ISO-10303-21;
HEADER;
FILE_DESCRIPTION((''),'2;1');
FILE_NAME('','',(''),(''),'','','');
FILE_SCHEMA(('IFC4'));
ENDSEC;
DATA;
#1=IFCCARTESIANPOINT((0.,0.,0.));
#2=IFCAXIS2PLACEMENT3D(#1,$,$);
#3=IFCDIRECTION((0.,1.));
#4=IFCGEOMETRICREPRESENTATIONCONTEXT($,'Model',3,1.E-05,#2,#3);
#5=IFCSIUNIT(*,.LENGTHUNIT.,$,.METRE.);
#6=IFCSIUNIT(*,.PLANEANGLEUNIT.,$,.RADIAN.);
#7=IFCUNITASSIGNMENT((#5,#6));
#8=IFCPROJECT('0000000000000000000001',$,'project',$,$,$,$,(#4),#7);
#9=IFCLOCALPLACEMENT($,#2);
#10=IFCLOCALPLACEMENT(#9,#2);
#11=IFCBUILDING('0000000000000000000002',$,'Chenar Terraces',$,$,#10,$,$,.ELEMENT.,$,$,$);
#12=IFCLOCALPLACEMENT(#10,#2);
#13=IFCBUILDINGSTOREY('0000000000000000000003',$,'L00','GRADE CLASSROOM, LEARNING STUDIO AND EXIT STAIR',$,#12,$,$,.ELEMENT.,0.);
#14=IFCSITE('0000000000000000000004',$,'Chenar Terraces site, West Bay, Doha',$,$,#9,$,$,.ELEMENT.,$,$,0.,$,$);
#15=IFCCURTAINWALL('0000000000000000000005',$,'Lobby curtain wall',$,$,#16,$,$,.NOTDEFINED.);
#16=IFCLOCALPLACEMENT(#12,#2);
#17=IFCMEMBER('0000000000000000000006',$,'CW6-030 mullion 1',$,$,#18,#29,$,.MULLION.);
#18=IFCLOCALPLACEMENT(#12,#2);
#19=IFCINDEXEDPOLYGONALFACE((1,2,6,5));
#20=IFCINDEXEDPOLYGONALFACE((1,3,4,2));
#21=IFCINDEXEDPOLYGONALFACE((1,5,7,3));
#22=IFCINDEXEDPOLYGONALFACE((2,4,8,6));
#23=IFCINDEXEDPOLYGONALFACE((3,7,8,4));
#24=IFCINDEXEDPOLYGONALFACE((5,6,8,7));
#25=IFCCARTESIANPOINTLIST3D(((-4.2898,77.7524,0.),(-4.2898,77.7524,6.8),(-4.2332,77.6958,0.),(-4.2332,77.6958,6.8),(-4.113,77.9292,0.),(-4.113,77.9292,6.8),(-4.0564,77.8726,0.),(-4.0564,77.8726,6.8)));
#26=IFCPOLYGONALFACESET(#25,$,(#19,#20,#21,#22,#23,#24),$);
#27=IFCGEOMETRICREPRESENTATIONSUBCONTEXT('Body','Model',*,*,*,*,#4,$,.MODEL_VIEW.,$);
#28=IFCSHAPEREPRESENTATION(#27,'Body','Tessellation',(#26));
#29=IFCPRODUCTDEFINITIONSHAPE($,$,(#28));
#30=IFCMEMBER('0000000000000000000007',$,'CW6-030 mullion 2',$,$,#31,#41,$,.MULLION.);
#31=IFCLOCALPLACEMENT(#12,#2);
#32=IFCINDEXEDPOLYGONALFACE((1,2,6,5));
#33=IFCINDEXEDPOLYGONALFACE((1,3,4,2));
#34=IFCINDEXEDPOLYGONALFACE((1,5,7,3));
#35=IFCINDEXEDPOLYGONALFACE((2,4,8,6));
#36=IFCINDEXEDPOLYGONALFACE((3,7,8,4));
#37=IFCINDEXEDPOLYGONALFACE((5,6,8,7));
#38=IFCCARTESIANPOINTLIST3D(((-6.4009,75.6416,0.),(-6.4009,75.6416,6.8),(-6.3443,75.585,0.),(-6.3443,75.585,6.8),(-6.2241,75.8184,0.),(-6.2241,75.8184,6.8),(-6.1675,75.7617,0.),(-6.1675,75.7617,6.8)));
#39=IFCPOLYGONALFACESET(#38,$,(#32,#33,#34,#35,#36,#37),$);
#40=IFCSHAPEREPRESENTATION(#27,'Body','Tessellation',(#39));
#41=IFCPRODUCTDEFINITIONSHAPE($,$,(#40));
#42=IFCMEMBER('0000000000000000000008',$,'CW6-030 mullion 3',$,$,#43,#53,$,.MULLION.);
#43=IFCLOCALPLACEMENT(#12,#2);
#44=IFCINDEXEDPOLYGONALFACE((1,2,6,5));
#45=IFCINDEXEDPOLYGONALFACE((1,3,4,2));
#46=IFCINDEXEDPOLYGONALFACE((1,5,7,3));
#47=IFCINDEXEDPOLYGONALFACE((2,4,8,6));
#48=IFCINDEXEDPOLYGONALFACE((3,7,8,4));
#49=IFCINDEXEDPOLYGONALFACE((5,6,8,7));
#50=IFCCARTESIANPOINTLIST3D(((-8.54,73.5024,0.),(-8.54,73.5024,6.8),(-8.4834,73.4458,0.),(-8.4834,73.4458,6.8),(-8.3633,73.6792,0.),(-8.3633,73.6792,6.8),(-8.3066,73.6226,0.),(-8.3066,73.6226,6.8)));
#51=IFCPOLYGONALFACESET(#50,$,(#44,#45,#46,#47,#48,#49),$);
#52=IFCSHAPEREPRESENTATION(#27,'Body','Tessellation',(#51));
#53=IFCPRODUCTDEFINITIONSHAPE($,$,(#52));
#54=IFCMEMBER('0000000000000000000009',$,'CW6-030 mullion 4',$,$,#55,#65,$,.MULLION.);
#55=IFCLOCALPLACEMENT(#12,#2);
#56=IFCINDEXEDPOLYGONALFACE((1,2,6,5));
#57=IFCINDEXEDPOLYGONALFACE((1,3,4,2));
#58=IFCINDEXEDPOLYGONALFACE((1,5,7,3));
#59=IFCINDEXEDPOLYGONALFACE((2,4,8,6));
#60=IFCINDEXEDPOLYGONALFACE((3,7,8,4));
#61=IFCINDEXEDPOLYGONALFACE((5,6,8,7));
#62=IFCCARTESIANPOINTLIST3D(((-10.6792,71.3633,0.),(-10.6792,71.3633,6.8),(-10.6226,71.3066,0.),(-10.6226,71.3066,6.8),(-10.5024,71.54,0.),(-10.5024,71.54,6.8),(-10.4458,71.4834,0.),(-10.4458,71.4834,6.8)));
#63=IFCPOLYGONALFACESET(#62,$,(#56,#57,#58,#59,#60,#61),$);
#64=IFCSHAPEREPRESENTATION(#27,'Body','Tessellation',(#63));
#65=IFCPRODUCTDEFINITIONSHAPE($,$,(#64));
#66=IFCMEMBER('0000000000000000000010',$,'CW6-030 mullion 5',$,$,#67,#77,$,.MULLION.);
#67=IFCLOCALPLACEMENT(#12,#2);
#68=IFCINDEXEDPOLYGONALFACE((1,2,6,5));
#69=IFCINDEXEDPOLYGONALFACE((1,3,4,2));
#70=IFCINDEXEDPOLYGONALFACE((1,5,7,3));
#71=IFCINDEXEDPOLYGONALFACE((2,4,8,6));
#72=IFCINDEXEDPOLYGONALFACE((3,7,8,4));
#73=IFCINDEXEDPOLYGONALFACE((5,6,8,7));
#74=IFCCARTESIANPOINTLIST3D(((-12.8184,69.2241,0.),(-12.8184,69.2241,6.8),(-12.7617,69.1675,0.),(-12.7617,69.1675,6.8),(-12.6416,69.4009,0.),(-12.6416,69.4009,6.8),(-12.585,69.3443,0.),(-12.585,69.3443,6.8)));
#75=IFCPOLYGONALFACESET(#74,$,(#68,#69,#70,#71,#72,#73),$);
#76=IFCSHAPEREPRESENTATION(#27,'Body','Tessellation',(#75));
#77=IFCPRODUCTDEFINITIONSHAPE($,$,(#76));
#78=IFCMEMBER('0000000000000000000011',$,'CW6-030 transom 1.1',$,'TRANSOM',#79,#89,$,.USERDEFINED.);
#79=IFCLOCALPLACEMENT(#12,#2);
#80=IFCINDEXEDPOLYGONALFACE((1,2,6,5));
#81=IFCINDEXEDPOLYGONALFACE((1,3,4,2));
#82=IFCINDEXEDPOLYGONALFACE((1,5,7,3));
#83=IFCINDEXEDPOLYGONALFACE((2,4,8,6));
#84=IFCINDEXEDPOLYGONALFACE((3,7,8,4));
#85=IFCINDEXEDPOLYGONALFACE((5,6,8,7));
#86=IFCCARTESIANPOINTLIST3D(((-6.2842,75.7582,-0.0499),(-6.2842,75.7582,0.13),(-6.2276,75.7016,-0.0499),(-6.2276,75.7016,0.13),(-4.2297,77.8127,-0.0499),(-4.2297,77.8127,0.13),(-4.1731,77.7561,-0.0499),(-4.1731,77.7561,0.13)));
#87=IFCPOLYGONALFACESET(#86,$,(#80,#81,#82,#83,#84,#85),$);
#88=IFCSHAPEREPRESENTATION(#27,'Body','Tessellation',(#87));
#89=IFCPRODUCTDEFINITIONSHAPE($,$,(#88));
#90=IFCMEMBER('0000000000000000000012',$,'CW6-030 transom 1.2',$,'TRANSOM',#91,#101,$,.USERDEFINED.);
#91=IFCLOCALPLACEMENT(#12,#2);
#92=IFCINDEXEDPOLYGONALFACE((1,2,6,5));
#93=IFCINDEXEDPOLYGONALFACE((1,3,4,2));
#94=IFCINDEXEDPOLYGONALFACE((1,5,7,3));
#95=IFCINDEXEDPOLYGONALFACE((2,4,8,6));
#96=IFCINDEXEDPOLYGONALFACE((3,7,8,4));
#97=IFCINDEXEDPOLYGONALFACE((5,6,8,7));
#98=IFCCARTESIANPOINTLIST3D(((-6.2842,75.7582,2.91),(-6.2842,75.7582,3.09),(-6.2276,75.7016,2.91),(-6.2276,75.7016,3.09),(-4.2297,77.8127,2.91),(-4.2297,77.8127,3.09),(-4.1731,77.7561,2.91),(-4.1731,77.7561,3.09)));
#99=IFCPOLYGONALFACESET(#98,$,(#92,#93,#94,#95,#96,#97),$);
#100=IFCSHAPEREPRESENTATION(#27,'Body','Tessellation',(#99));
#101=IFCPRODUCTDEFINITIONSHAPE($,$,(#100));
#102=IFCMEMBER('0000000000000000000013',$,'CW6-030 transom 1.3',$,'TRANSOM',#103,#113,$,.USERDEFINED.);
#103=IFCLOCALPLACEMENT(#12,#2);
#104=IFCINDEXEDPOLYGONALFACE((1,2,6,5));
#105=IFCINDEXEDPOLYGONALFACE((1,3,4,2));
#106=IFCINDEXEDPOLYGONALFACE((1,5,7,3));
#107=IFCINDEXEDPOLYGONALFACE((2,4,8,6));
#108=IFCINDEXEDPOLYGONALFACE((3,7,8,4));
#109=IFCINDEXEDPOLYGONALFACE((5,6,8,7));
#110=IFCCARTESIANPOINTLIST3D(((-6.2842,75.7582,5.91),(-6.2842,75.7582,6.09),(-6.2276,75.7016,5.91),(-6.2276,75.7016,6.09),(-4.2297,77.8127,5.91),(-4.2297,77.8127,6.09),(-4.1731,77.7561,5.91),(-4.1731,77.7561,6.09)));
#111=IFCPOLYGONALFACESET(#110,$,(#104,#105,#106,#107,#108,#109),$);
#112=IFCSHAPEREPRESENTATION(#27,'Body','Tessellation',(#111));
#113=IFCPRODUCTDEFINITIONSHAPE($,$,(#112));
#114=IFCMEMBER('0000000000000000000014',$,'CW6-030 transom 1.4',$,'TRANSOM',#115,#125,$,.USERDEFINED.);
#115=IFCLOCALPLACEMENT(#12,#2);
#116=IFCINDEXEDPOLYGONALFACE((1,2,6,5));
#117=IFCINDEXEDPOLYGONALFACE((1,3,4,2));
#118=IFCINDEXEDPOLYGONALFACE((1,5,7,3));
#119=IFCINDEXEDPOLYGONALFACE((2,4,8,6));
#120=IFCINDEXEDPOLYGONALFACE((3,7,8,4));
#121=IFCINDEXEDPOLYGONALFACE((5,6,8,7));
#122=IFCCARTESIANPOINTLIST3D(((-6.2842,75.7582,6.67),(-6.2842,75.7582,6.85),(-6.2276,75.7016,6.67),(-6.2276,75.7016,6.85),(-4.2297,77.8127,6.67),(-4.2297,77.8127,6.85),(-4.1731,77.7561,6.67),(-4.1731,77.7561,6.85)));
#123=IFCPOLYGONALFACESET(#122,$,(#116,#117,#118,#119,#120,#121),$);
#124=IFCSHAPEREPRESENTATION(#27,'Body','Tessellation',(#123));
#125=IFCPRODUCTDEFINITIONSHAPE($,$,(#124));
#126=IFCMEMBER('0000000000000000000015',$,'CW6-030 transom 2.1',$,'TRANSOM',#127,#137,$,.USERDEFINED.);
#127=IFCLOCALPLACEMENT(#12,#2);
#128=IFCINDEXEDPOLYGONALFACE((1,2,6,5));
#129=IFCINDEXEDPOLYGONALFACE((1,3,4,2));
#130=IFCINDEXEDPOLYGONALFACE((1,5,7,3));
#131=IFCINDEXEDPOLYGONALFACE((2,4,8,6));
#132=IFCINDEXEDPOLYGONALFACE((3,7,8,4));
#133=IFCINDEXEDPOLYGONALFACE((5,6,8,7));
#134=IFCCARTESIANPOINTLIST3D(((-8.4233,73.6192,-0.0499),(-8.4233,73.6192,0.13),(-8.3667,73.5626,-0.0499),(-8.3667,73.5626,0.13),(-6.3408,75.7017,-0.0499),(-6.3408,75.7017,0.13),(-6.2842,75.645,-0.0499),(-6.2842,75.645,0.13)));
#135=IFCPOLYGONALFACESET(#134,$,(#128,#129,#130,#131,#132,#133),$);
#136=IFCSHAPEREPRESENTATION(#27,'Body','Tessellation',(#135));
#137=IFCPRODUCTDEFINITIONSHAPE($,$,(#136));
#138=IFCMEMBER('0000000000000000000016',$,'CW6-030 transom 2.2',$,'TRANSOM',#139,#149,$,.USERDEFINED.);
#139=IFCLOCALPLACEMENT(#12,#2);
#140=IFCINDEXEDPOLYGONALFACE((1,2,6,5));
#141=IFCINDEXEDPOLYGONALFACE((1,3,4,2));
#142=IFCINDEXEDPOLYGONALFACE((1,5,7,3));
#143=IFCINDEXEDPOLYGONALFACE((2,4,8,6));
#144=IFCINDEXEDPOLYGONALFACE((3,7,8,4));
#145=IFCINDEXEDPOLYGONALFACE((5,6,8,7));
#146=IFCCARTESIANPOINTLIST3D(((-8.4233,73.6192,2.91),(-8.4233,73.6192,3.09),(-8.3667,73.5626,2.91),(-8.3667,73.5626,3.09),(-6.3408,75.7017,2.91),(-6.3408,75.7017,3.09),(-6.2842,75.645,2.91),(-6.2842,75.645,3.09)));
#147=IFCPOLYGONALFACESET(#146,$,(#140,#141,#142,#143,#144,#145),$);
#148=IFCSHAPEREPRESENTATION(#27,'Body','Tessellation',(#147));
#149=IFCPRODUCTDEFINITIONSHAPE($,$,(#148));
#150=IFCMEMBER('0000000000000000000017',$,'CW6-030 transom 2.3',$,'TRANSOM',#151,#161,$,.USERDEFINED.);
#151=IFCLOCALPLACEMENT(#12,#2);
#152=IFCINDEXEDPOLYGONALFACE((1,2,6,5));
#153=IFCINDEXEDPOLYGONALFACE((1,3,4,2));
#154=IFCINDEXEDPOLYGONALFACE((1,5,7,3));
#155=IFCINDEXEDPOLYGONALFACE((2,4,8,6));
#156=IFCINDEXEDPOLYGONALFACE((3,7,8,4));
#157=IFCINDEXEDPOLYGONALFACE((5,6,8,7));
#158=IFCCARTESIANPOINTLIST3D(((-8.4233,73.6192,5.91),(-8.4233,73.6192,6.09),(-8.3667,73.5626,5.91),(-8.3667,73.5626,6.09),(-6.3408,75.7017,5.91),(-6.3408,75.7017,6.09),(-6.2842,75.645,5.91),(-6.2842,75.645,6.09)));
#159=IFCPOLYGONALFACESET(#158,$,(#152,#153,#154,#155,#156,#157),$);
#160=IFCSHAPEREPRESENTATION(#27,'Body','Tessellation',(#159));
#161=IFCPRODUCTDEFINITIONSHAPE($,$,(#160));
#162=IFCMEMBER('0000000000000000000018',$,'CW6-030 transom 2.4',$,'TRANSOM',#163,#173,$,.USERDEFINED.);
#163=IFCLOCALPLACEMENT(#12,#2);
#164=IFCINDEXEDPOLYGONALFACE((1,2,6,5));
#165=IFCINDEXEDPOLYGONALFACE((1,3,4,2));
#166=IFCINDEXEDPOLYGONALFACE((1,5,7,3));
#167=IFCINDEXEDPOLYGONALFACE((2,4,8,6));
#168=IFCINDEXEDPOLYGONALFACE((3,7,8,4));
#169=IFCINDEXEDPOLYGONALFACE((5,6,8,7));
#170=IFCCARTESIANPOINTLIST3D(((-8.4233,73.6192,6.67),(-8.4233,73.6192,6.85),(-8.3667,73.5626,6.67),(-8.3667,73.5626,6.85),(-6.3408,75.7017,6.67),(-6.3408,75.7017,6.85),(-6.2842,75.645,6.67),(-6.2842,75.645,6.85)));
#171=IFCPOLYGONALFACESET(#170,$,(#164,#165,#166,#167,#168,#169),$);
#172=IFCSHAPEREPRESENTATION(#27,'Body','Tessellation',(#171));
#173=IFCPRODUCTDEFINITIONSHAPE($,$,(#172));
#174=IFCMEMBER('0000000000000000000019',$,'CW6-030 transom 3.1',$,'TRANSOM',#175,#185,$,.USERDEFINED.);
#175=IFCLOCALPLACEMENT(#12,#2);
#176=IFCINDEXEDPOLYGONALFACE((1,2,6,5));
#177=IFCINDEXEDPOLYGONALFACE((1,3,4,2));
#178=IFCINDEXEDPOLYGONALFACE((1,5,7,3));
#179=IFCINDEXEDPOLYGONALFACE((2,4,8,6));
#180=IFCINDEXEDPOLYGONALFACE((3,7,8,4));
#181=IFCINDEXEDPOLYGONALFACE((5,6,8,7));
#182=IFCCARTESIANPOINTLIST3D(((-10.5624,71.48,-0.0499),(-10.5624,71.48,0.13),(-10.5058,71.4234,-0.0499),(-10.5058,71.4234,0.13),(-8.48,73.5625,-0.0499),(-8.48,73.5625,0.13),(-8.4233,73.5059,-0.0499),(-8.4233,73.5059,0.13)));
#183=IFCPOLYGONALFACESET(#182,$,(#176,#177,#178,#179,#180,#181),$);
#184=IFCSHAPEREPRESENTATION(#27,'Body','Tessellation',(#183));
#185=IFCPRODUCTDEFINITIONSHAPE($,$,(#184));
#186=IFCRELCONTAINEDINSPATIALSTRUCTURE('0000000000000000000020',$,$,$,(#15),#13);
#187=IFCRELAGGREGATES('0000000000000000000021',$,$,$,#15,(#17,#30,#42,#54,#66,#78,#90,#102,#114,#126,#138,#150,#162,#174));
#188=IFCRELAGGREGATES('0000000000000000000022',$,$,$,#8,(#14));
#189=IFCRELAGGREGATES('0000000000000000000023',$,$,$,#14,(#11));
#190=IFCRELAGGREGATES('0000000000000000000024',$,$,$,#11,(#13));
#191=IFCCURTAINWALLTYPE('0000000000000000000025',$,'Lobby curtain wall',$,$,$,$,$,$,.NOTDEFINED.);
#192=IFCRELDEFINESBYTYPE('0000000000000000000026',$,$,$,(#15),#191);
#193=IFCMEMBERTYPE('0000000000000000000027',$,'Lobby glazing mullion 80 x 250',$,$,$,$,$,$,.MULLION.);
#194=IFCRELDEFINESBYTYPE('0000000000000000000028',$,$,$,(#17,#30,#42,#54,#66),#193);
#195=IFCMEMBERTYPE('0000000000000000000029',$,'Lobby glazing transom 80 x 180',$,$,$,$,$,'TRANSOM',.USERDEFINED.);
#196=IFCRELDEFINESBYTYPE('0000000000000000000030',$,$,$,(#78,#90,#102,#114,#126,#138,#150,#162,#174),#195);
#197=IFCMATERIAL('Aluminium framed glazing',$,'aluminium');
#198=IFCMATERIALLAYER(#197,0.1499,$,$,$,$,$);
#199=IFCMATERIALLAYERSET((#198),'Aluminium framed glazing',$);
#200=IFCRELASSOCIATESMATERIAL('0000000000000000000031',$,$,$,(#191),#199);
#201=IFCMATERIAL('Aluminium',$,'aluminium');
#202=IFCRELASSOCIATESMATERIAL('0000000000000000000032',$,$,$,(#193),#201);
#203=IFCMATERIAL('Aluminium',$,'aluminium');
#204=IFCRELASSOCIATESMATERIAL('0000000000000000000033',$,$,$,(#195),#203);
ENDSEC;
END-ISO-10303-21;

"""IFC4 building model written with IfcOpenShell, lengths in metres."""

from ifc_helpers import new_model, si_unit, direction, frame, origin, origin_2d, place, context, subcontext, project, spatial, rectangle, extrude, material, layer, layer_set, material_profile, profile_set, type_object, element, aggregate, save


model = new_model("IFC4")

# Units and contexts
model_context = context("Model", 3, precision=1e-05, world=origin(), true_north=direction((0.0, 1.0)))
body_context = subcontext(model_context, "Body", "Model", "MODEL_VIEW")
ifc_project = project(units=[si_unit("LENGTHUNIT", "METRE"), si_unit("PLANEANGLEUNIT", "RADIAN")], contexts=[model_context])

# Site, building, storey
site_placement = place(None, origin())
site = spatial("IfcSite", under=ifc_project, at=site_placement, Name="Chenar Terraces site, West Bay, Doha", CompositionType="ELEMENT", RefElevation=0.0)
building_placement = place(site_placement, origin())
building = spatial("IfcBuilding", under=site, at=building_placement, Name="Chenar Terraces", CompositionType="ELEMENT")
storey_placement = place(building_placement, origin())
storey = spatial("IfcBuildingStorey", under=building, at=storey_placement, Name="L00", Description="GRADE CLASSROOM, LEARNING STUDIO AND EXIT STAIR", CompositionType="ELEMENT", Elevation=0.0)

# Curtain wall, members
ifc_material_1 = material(Name="Aluminium framed glazing", Category="aluminium")
ifc_layer_1 = layer(ifc_material_1, 0.1499)
ifc_layer_set_1 = layer_set([ifc_layer_1], Name="Aluminium framed glazing")
curtain_wall_type = type_object("IfcCurtainWallType", Name="Lobby curtain wall", PredefinedType="NOTDEFINED", material=ifc_layer_set_1)
curtain_wall_placement = place(storey_placement, origin())
curtain_wall = element("IfcCurtainWall", 1, at=curtain_wall_placement, inside=storey, type_object=curtain_wall_type, Name="Lobby curtain wall", PredefinedType="NOTDEFINED")
ifc_material_2 = material(Name="Aluminium", Category="aluminium")
ifc_material_profile_1 = material_profile(ifc_material_2, rectangle(XDim=0.0801, YDim=0.25, at=origin_2d()), Name="Lobby glazing mullion 80 x 250")
ifc_profile_set_1 = profile_set([ifc_material_profile_1], Name="Aluminium")
member_type_1 = type_object("IfcMemberType", Name="Lobby glazing mullion 80 x 250", PredefinedType="MULLION", material=ifc_profile_set_1)
member_1_placement = place(storey_placement, frame((-4.1731, 77.8125, 0.0), z_axis=(0.0, 0.0, 1.0), x_axis=(0.707107, -0.707107, 0.0)))
member_1 = element("IfcMember", 2, at=member_1_placement, type_object=member_type_1, Name="CW6-030 mullion 1", PredefinedType="MULLION", context=body_context, shape_type="SweptSolid", body=[
    extrude(rectangle(XDim=0.0801, YDim=0.25, at=origin_2d()), origin(), (0.0, 0.0, 1.0), 6.8),
])
member_2_placement = place(storey_placement, frame((-6.2842, 75.7017, 0.0), z_axis=(0.0, 0.0, 1.0), x_axis=(0.707107, -0.707107, 0.0)))
member_2 = element("IfcMember", 3, at=member_2_placement, type_object=member_type_1, Name="CW6-030 mullion 2", PredefinedType="MULLION", context=body_context, shape_type="SweptSolid", body=[
    extrude(rectangle(XDim=0.0801, YDim=0.25, at=origin_2d()), origin(), (0.0, 0.0, 1.0), 6.8),
])
member_3_placement = place(storey_placement, frame((-8.4233, 73.5625, 0.0), z_axis=(0.0, 0.0, 1.0), x_axis=(0.707107, -0.707107, 0.0)))
member_3 = element("IfcMember", 4, at=member_3_placement, type_object=member_type_1, Name="CW6-030 mullion 3", PredefinedType="MULLION", context=body_context, shape_type="SweptSolid", body=[
    extrude(rectangle(XDim=0.0801, YDim=0.25, at=origin_2d()), origin(), (0.0, 0.0, 1.0), 6.8),
])
member_4_placement = place(storey_placement, frame((-10.5625, 71.4233, 0.0), z_axis=(0.0, 0.0, 1.0), x_axis=(0.707107, -0.707107, 0.0)))
member_4 = element("IfcMember", 5, at=member_4_placement, type_object=member_type_1, Name="CW6-030 mullion 4", PredefinedType="MULLION", context=body_context, shape_type="SweptSolid", body=[
    extrude(rectangle(XDim=0.0801, YDim=0.25, at=origin_2d()), origin(), (0.0, 0.0, 1.0), 6.8),
])
member_5_placement = place(storey_placement, frame((-12.7017, 69.2842, 0.0), z_axis=(0.0, 0.0, 1.0), x_axis=(0.707107, -0.707107, 0.0)))
member_5 = element("IfcMember", 6, at=member_5_placement, type_object=member_type_1, Name="CW6-030 mullion 5", PredefinedType="MULLION", context=body_context, shape_type="SweptSolid", body=[
    extrude(rectangle(XDim=0.0801, YDim=0.25, at=origin_2d()), origin(), (0.0, 0.0, 1.0), 6.8),
])
ifc_material_3 = material(Name="Aluminium", Category="aluminium")
ifc_material_profile_2 = material_profile(ifc_material_3, rectangle(XDim=0.0801, YDim=0.1799, at=origin_2d()), Name="Lobby glazing transom 80 x 180")
ifc_profile_set_2 = profile_set([ifc_material_profile_2], Name="Aluminium")
member_type_2 = type_object("IfcMemberType", Name="Lobby glazing transom 80 x 180", ElementType="TRANSOM", PredefinedType="USERDEFINED", material=ifc_profile_set_2)
member_6_placement = place(storey_placement, frame((-4.2014, 77.7844, 0.04), z_axis=(-0.707107, -0.707107, 0.0), x_axis=(0.707107, -0.707107, 0.0)))
member_6 = element("IfcMember", 7, at=member_6_placement, type_object=member_type_2, Name="CW6-030 transom 1.1", ObjectType="TRANSOM", PredefinedType="USERDEFINED", context=body_context, shape_type="SweptSolid", body=[
    extrude(rectangle(XDim=0.0801, YDim=0.1799, at=origin_2d()), origin(), (0.0, 0.0, 1.0), 2.9055),
])
member_7_placement = place(storey_placement, frame((-4.2014, 77.7844, 3.0), z_axis=(-0.707107, -0.707107, 0.0), x_axis=(0.707107, -0.707107, 0.0)))
member_7 = element("IfcMember", 8, at=member_7_placement, type_object=member_type_2, Name="CW6-030 transom 1.2", ObjectType="TRANSOM", PredefinedType="USERDEFINED", context=body_context, shape_type="SweptSolid", body=[
    extrude(rectangle(XDim=0.0801, YDim=0.1799, at=origin_2d()), origin(), (0.0, 0.0, 1.0), 2.9055),
])
member_8_placement = place(storey_placement, frame((-4.2014, 77.7844, 6.0), z_axis=(-0.707107, -0.707107, 0.0), x_axis=(0.707107, -0.707107, 0.0)))
member_8 = element("IfcMember", 9, at=member_8_placement, type_object=member_type_2, Name="CW6-030 transom 1.3", ObjectType="TRANSOM", PredefinedType="USERDEFINED", context=body_context, shape_type="SweptSolid", body=[
    extrude(rectangle(XDim=0.0801, YDim=0.1799, at=origin_2d()), origin(), (0.0, 0.0, 1.0), 2.9055),
])
member_9_placement = place(storey_placement, frame((-4.2014, 77.7844, 6.76), z_axis=(-0.707107, -0.707107, 0.0), x_axis=(0.707107, -0.707107, 0.0)))
member_9 = element("IfcMember", 10, at=member_9_placement, type_object=member_type_2, Name="CW6-030 transom 1.4", ObjectType="TRANSOM", PredefinedType="USERDEFINED", context=body_context, shape_type="SweptSolid", body=[
    extrude(rectangle(XDim=0.0801, YDim=0.1799, at=origin_2d()), origin(), (0.0, 0.0, 1.0), 2.9055),
])
member_10_placement = place(storey_placement, frame((-6.3125, 75.6733, 0.04), z_axis=(-0.707107, -0.707107, 0.0), x_axis=(0.707107, -0.707107, 0.0)))
member_10 = element("IfcMember", 11, at=member_10_placement, type_object=member_type_2, Name="CW6-030 transom 2.1", ObjectType="TRANSOM", PredefinedType="USERDEFINED", context=body_context, shape_type="SweptSolid", body=[
    extrude(rectangle(XDim=0.0801, YDim=0.1799, at=origin_2d()), origin(), (0.0, 0.0, 1.0), 2.9451),
])
member_11_placement = place(storey_placement, frame((-6.3125, 75.6733, 3.0), z_axis=(-0.707107, -0.707107, 0.0), x_axis=(0.707107, -0.707107, 0.0)))
member_11 = element("IfcMember", 12, at=member_11_placement, type_object=member_type_2, Name="CW6-030 transom 2.2", ObjectType="TRANSOM", PredefinedType="USERDEFINED", context=body_context, shape_type="SweptSolid", body=[
    extrude(rectangle(XDim=0.0801, YDim=0.1799, at=origin_2d()), origin(), (0.0, 0.0, 1.0), 2.9451),
])
member_12_placement = place(storey_placement, frame((-6.3125, 75.6733, 6.0), z_axis=(-0.707107, -0.707107, 0.0), x_axis=(0.707107, -0.707107, 0.0)))
member_12 = element("IfcMember", 13, at=member_12_placement, type_object=member_type_2, Name="CW6-030 transom 2.3", ObjectType="TRANSOM", PredefinedType="USERDEFINED", context=body_context, shape_type="SweptSolid", body=[
    extrude(rectangle(XDim=0.0801, YDim=0.1799, at=origin_2d()), origin(), (0.0, 0.0, 1.0), 2.9451),
])
member_13_placement = place(storey_placement, frame((-6.3125, 75.6733, 6.76), z_axis=(-0.707107, -0.707107, 0.0), x_axis=(0.707107, -0.707107, 0.0)))
member_13 = element("IfcMember", 14, at=member_13_placement, type_object=member_type_2, Name="CW6-030 transom 2.4", ObjectType="TRANSOM", PredefinedType="USERDEFINED", context=body_context, shape_type="SweptSolid", body=[
    extrude(rectangle(XDim=0.0801, YDim=0.1799, at=origin_2d()), origin(), (0.0, 0.0, 1.0), 2.9451),
])
member_14_placement = place(storey_placement, frame((-8.4517, 73.5342, 0.04), z_axis=(-0.707107, -0.707107, 0.0), x_axis=(0.707107, -0.707107, 0.0)))
member_14 = element("IfcMember", 15, at=member_14_placement, type_object=member_type_2, Name="CW6-030 transom 3.1", ObjectType="TRANSOM", PredefinedType="USERDEFINED", context=body_context, shape_type="SweptSolid", body=[
    extrude(rectangle(XDim=0.0801, YDim=0.1799, at=origin_2d()), origin(), (0.0, 0.0, 1.0), 2.9451),
])
aggregate(curtain_wall, [member_1, member_2, member_3, member_4, member_5, member_6, member_7, member_8, member_9, member_10, member_11, member_12, member_13, member_14])

save(model, "model.ifc")
